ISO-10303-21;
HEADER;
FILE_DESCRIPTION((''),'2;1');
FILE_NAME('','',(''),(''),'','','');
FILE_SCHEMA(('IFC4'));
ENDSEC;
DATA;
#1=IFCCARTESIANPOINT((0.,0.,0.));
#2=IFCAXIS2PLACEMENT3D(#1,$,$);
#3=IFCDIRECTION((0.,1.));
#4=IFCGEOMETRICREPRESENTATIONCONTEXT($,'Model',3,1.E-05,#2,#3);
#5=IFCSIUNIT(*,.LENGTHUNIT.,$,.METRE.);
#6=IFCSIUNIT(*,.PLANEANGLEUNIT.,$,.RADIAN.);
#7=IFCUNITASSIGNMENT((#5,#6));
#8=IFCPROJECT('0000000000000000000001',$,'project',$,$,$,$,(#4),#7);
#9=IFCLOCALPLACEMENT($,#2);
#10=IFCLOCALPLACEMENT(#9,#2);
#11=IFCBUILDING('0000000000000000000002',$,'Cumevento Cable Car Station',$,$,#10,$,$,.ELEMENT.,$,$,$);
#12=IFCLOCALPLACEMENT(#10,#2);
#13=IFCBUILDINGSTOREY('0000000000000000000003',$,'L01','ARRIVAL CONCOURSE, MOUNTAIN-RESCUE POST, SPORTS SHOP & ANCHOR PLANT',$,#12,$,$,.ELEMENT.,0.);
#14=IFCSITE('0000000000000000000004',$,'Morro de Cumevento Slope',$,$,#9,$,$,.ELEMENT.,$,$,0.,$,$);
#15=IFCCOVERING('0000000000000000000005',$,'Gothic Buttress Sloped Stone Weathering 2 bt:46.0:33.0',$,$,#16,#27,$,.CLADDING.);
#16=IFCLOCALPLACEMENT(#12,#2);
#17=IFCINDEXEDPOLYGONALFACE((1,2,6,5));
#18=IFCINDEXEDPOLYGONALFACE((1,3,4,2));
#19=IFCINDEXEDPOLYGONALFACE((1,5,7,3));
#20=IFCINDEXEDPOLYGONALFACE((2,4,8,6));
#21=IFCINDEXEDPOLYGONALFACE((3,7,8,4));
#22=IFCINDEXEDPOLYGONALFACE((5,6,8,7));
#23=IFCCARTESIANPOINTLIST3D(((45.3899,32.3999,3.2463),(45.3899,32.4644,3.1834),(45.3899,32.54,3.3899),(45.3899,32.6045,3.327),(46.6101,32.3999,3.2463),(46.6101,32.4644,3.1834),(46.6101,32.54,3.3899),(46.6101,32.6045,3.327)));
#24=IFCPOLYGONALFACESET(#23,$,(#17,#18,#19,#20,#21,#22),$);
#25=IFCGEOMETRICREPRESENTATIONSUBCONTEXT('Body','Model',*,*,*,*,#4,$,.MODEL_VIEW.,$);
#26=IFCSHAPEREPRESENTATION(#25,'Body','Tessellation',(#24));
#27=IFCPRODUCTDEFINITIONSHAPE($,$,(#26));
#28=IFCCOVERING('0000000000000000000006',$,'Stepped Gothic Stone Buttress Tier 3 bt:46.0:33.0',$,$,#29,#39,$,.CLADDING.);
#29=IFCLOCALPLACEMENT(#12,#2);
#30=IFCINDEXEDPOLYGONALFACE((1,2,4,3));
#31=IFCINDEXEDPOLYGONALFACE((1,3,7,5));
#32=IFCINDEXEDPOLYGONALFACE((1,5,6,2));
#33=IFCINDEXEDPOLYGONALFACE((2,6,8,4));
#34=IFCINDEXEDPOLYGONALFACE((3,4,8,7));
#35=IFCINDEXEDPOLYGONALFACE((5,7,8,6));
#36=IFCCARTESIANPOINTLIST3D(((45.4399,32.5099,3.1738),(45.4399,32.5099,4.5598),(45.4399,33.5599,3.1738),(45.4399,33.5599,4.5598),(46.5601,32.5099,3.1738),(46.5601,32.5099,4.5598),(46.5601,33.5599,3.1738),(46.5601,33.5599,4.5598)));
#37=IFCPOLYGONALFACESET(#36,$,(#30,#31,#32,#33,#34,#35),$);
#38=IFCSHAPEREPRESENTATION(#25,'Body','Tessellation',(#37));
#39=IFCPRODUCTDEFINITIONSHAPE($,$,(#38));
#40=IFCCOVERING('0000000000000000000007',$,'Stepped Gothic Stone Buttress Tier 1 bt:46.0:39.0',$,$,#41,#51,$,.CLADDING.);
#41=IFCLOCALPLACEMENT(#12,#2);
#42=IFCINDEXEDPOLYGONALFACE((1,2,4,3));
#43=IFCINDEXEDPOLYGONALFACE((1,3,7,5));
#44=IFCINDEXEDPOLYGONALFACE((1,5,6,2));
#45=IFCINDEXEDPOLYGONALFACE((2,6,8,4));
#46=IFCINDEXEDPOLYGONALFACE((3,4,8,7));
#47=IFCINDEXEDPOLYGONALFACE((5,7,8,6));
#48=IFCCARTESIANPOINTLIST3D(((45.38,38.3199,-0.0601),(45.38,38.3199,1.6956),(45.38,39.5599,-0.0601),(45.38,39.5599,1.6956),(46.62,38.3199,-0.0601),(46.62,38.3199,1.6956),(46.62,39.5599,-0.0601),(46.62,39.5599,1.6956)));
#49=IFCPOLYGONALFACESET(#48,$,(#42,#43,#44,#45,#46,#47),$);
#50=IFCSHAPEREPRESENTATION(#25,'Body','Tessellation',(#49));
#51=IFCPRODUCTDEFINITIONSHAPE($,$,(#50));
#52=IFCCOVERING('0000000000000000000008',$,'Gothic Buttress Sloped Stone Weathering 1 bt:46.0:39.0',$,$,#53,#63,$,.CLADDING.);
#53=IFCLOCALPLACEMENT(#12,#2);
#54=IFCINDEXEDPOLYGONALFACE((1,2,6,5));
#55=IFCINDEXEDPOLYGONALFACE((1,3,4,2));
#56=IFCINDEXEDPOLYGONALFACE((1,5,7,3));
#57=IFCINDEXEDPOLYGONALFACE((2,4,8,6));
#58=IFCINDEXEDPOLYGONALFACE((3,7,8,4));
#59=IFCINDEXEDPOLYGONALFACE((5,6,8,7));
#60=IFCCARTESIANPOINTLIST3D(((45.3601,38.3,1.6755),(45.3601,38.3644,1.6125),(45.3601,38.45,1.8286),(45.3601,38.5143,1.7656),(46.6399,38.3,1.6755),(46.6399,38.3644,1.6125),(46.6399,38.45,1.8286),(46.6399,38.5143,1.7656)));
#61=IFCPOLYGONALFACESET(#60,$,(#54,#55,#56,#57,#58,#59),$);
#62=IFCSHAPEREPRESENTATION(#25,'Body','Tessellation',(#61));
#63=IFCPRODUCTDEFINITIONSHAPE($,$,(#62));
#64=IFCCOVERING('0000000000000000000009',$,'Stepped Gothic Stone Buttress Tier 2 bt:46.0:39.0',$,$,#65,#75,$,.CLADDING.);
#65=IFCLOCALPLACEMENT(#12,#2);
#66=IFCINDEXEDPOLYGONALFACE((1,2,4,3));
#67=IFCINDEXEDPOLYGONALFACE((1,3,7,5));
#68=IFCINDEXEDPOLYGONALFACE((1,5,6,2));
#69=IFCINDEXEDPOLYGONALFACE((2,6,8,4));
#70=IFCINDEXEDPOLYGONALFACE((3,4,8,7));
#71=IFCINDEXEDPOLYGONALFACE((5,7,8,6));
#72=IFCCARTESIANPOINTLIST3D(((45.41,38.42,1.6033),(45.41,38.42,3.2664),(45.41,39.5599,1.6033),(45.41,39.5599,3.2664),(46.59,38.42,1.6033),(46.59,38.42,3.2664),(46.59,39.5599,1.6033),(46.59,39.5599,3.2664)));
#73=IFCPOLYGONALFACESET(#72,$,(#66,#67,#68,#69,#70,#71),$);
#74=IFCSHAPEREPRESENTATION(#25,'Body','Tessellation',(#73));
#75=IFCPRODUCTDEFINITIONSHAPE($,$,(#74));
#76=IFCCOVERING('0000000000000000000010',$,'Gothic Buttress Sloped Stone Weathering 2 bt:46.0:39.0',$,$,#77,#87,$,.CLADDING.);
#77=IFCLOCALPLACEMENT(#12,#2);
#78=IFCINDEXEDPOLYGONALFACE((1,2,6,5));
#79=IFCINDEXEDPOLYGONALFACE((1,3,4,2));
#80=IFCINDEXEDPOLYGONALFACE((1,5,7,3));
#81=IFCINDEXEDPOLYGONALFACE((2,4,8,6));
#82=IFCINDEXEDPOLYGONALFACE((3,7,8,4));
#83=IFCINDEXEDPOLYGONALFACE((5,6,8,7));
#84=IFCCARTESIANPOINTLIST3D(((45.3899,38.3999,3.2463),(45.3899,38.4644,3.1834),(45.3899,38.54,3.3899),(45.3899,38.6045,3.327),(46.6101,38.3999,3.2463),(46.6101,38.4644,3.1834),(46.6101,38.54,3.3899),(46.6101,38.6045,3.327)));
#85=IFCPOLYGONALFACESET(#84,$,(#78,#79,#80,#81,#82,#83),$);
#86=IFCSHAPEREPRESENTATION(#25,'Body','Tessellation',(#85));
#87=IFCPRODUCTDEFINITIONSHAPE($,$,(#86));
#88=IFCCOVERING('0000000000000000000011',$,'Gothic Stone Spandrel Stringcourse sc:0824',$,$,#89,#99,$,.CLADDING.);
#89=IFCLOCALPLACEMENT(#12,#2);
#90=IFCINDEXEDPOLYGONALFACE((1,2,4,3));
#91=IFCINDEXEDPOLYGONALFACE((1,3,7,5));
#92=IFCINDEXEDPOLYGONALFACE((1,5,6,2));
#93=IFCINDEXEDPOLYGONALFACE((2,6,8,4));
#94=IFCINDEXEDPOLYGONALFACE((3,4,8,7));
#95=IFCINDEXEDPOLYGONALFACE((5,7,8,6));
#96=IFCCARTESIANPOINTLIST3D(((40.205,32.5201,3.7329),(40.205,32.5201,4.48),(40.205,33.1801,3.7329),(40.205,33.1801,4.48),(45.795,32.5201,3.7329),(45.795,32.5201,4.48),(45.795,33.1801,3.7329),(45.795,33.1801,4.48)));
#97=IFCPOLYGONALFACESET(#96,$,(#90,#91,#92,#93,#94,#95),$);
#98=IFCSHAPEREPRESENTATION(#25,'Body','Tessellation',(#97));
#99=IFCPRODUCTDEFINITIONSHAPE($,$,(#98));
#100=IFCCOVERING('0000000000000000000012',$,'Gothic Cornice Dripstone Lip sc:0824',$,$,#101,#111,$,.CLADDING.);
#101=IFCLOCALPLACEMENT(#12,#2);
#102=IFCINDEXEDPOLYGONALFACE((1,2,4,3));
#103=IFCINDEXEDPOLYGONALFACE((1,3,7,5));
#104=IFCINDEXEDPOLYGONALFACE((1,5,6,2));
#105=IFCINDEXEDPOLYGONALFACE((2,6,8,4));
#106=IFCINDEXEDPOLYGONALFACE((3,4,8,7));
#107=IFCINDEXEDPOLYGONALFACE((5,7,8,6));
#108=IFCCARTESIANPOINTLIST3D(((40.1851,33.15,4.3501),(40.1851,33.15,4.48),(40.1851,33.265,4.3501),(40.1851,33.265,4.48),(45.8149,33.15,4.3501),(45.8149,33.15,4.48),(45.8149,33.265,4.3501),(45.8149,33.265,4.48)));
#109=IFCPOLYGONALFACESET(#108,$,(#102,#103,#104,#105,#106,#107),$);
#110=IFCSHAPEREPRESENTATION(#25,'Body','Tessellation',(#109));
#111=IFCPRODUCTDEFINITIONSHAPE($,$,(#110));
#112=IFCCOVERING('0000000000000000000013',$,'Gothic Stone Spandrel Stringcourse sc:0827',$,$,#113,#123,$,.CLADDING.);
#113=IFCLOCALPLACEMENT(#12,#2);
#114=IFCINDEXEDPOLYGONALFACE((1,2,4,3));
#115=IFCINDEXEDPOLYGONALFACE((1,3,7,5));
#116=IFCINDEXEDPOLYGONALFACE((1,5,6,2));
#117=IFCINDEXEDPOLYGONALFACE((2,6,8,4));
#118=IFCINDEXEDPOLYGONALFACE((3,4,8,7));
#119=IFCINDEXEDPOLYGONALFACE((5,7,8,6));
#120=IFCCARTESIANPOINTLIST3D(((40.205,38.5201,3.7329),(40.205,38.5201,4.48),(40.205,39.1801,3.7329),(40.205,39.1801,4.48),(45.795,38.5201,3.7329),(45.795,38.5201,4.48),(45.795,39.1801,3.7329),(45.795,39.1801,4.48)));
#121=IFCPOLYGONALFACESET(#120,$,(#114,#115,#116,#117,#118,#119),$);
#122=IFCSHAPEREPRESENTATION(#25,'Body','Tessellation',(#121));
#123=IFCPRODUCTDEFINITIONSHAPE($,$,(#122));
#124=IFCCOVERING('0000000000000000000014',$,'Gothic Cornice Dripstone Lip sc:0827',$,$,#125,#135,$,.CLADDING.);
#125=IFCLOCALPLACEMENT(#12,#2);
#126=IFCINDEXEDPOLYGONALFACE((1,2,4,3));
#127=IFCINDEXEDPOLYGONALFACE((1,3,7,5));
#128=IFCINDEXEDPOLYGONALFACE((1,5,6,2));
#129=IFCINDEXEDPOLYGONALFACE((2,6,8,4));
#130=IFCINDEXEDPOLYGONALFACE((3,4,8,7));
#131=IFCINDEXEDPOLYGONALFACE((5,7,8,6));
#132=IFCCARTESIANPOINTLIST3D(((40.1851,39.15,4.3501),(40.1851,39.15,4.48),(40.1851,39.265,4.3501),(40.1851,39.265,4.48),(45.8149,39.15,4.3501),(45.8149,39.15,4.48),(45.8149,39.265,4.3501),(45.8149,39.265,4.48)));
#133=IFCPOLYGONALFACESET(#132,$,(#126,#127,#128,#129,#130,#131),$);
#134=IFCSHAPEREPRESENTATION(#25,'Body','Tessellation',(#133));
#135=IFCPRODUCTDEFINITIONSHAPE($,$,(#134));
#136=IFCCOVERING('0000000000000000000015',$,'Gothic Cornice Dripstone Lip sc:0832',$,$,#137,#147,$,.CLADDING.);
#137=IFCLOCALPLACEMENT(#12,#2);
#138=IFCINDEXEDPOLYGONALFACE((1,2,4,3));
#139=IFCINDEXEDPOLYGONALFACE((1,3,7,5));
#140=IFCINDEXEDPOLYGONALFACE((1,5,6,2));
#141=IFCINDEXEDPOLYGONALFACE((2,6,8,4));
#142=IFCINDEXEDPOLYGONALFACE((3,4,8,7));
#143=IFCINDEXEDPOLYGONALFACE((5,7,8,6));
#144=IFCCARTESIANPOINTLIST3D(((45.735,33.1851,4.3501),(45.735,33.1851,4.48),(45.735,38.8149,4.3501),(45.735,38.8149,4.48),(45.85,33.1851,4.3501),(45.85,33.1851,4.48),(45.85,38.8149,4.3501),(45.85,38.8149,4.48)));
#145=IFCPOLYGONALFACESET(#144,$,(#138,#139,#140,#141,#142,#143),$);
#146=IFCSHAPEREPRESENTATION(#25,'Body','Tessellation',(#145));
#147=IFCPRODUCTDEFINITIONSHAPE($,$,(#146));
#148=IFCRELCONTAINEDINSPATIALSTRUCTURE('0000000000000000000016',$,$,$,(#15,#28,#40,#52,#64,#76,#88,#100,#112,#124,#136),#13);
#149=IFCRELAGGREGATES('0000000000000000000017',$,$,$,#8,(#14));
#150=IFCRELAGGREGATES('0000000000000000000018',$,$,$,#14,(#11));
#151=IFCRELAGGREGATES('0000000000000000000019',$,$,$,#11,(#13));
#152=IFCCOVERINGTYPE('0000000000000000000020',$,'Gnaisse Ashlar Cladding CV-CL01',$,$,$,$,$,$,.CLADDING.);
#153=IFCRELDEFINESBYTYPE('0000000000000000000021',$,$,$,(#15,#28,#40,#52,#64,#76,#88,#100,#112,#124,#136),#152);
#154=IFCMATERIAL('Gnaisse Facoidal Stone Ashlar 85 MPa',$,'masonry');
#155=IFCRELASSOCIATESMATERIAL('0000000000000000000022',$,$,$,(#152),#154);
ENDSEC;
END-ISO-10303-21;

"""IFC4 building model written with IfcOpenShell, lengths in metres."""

from ifc_helpers import new_model, si_unit, direction, frame, origin, origin_2d, place, context, subcontext, project, spatial, polyline, rectangle, outline, extrude, material, type_object, element, save


model = new_model("IFC4")

# Units and contexts
model_context = context("Model", 3, precision=1e-05, world=origin(), true_north=direction((0.0, 1.0)))
body_context = subcontext(model_context, "Body", "Model", "MODEL_VIEW")
ifc_project = project(units=[si_unit("LENGTHUNIT", "METRE"), si_unit("PLANEANGLEUNIT", "RADIAN")], contexts=[model_context])

# Site, building, storey
site_placement = place(None, origin())
site = spatial("IfcSite", under=ifc_project, at=site_placement, Name="Morro de Cumevento Slope", CompositionType="ELEMENT", RefElevation=0.0)
building_placement = place(site_placement, origin())
building = spatial("IfcBuilding", under=site, at=building_placement, Name="Cumevento Cable Car Station", CompositionType="ELEMENT")
storey_placement = place(building_placement, origin())
storey = spatial("IfcBuildingStorey", under=building, at=storey_placement, Name="L01", Description="ARRIVAL CONCOURSE, MOUNTAIN-RESCUE POST, SPORTS SHOP & ANCHOR PLANT", CompositionType="ELEMENT", Elevation=0.0)

# Coverings
ifc_material_1 = material(Name="Gnaisse Facoidal Stone Ashlar 85 MPa", Category="masonry")
covering_type = type_object("IfcCoveringType", Name="Gnaisse Ashlar Cladding CV-CL01", PredefinedType="CLADDING", material=ifc_material_1)
covering_1_placement = place(storey_placement, frame((45.3899, 32.3999, 3.2463), z_axis=(0.0, -0.715574, 0.698537), x_axis=(1.0, 0.0, 0.0)))
element("IfcCovering", 1, at=covering_1_placement, inside=storey, type_object=covering_type, Name="Gothic Buttress Sloped Stone Weathering 2 bt:46.0:33.0", PredefinedType="CLADDING", context=body_context, shape_type="SweptSolid", body=[
    extrude(outline(polyline([(0.0, 0.0), (1.2202, 0.0), (1.2202, 0.2006), (0.0, 0.2006), (0.0, 0.0)])), origin(), (0.0, 0.0, -1.0), 0.0901),
])
covering_2_placement = place(storey_placement, frame((46.0, 33.0349, 3.1738), z_axis=(0.0, 0.0, 1.0), x_axis=(1.0, 0.0, 0.0)))
element("IfcCovering", 2, at=covering_2_placement, inside=storey, type_object=covering_type, Name="Stepped Gothic Stone Buttress Tier 3 bt:46.0:33.0", PredefinedType="CLADDING", context=body_context, shape_type="SweptSolid", body=[
    extrude(rectangle(XDim=1.1201, YDim=1.05, at=origin_2d()), origin(), (0.0, 0.0, 1.0), 1.386),
])
covering_3_placement = place(storey_placement, frame((46.0, 38.9399, -0.0601), z_axis=(0.0, 0.0, 1.0), x_axis=(1.0, 0.0, 0.0)))
element("IfcCovering", 3, at=covering_3_placement, inside=storey, type_object=covering_type, Name="Stepped Gothic Stone Buttress Tier 1 bt:46.0:39.0", PredefinedType="CLADDING", context=body_context, shape_type="SweptSolid", body=[
    extrude(rectangle(XDim=1.24, YDim=1.24, at=origin_2d()), origin(), (0.0, 0.0, 1.0), 1.7556),
])
covering_4_placement = place(storey_placement, frame((45.3601, 38.3, 1.6755), z_axis=(0.0, -0.714475, 0.699661), x_axis=(1.0, 0.0, 0.0)))
element("IfcCovering", 4, at=covering_4_placement, inside=storey, type_object=covering_type, Name="Gothic Buttress Sloped Stone Weathering 1 bt:46.0:39.0", PredefinedType="CLADDING", context=body_context, shape_type="SweptSolid", body=[
    extrude(outline(polyline([(0.0, 0.0), (1.2798, 0.0), (1.2798, 0.2142), (0.0, 0.2142), (0.0, 0.0)])), origin(), (0.0, 0.0, -1.0), 0.0901),
])
covering_5_placement = place(storey_placement, frame((46.0, 38.99, 1.6033), z_axis=(0.0, 0.0, 1.0), x_axis=(1.0, 0.0, 0.0)))
element("IfcCovering", 5, at=covering_5_placement, inside=storey, type_object=covering_type, Name="Stepped Gothic Stone Buttress Tier 2 bt:46.0:39.0", PredefinedType="CLADDING", context=body_context, shape_type="SweptSolid", body=[
    extrude(rectangle(XDim=1.1799, YDim=1.1399, at=origin_2d()), origin(), (0.0, 0.0, 1.0), 1.6631),
])
covering_6_placement = place(storey_placement, frame((45.3899, 38.3999, 3.2463), z_axis=(0.0, -0.715574, 0.698537), x_axis=(1.0, 0.0, 0.0)))
element("IfcCovering", 6, at=covering_6_placement, inside=storey, type_object=covering_type, Name="Gothic Buttress Sloped Stone Weathering 2 bt:46.0:39.0", PredefinedType="CLADDING", context=body_context, shape_type="SweptSolid", body=[
    extrude(outline(polyline([(0.0, 0.0), (1.2202, 0.0), (1.2202, 0.2006), (0.0, 0.2006), (0.0, 0.0)])), origin(), (0.0, 0.0, -1.0), 0.0901),
])
covering_7_placement = place(storey_placement, frame((43.0, 32.8501, 3.7329), z_axis=(0.0, 0.0, 1.0), x_axis=(1.0, 0.0, 0.0)))
element("IfcCovering", 7, at=covering_7_placement, inside=storey, type_object=covering_type, Name="Gothic Stone Spandrel Stringcourse sc:0824", PredefinedType="CLADDING", context=body_context, shape_type="SweptSolid", body=[
    extrude(rectangle(XDim=5.5901, YDim=0.6599, at=origin_2d()), origin(), (0.0, 0.0, 1.0), 0.7471),
])
covering_8_placement = place(storey_placement, frame((43.0, 33.2075, 4.3501), z_axis=(0.0, 0.0, 1.0), x_axis=(1.0, 0.0, 0.0)))
element("IfcCovering", 8, at=covering_8_placement, inside=storey, type_object=covering_type, Name="Gothic Cornice Dripstone Lip sc:0824", PredefinedType="CLADDING", context=body_context, shape_type="SweptSolid", body=[
    extrude(rectangle(XDim=5.6299, YDim=0.115, at=origin_2d()), origin(), (0.0, 0.0, 1.0), 0.1299),
])
covering_9_placement = place(storey_placement, frame((43.0, 38.8501, 3.7329), z_axis=(0.0, 0.0, 1.0), x_axis=(1.0, 0.0, 0.0)))
element("IfcCovering", 9, at=covering_9_placement, inside=storey, type_object=covering_type, Name="Gothic Stone Spandrel Stringcourse sc:0827", PredefinedType="CLADDING", context=body_context, shape_type="SweptSolid", body=[
    extrude(rectangle(XDim=5.5901, YDim=0.6599, at=origin_2d()), origin(), (0.0, 0.0, 1.0), 0.7471),
])
for number, where, z_axis, x_axis, name in (
    (10, (43.0, 39.2075, 4.3501), (0.0, 0.0, 1.0), (1.0, 0.0, 0.0), "Gothic Cornice Dripstone Lip sc:0827"),
    (11, (45.7925, 36.0, 4.3501), (0.0, 0.0, 1.0), (0.0, 1.0, 0.0), "Gothic Cornice Dripstone Lip sc:0832"),
):
    element("IfcCovering", number, at=place(storey_placement, frame(where, z_axis=z_axis, x_axis=x_axis)), inside=storey, type_object=covering_type, Name=name, PredefinedType="CLADDING", context=body_context, shape_type="SweptSolid", body=[
        extrude(rectangle(XDim=5.6299, YDim=0.115, at=origin_2d()), origin(), (0.0, 0.0, 1.0), 0.1299),
    ])

save(model, "model.ifc")
